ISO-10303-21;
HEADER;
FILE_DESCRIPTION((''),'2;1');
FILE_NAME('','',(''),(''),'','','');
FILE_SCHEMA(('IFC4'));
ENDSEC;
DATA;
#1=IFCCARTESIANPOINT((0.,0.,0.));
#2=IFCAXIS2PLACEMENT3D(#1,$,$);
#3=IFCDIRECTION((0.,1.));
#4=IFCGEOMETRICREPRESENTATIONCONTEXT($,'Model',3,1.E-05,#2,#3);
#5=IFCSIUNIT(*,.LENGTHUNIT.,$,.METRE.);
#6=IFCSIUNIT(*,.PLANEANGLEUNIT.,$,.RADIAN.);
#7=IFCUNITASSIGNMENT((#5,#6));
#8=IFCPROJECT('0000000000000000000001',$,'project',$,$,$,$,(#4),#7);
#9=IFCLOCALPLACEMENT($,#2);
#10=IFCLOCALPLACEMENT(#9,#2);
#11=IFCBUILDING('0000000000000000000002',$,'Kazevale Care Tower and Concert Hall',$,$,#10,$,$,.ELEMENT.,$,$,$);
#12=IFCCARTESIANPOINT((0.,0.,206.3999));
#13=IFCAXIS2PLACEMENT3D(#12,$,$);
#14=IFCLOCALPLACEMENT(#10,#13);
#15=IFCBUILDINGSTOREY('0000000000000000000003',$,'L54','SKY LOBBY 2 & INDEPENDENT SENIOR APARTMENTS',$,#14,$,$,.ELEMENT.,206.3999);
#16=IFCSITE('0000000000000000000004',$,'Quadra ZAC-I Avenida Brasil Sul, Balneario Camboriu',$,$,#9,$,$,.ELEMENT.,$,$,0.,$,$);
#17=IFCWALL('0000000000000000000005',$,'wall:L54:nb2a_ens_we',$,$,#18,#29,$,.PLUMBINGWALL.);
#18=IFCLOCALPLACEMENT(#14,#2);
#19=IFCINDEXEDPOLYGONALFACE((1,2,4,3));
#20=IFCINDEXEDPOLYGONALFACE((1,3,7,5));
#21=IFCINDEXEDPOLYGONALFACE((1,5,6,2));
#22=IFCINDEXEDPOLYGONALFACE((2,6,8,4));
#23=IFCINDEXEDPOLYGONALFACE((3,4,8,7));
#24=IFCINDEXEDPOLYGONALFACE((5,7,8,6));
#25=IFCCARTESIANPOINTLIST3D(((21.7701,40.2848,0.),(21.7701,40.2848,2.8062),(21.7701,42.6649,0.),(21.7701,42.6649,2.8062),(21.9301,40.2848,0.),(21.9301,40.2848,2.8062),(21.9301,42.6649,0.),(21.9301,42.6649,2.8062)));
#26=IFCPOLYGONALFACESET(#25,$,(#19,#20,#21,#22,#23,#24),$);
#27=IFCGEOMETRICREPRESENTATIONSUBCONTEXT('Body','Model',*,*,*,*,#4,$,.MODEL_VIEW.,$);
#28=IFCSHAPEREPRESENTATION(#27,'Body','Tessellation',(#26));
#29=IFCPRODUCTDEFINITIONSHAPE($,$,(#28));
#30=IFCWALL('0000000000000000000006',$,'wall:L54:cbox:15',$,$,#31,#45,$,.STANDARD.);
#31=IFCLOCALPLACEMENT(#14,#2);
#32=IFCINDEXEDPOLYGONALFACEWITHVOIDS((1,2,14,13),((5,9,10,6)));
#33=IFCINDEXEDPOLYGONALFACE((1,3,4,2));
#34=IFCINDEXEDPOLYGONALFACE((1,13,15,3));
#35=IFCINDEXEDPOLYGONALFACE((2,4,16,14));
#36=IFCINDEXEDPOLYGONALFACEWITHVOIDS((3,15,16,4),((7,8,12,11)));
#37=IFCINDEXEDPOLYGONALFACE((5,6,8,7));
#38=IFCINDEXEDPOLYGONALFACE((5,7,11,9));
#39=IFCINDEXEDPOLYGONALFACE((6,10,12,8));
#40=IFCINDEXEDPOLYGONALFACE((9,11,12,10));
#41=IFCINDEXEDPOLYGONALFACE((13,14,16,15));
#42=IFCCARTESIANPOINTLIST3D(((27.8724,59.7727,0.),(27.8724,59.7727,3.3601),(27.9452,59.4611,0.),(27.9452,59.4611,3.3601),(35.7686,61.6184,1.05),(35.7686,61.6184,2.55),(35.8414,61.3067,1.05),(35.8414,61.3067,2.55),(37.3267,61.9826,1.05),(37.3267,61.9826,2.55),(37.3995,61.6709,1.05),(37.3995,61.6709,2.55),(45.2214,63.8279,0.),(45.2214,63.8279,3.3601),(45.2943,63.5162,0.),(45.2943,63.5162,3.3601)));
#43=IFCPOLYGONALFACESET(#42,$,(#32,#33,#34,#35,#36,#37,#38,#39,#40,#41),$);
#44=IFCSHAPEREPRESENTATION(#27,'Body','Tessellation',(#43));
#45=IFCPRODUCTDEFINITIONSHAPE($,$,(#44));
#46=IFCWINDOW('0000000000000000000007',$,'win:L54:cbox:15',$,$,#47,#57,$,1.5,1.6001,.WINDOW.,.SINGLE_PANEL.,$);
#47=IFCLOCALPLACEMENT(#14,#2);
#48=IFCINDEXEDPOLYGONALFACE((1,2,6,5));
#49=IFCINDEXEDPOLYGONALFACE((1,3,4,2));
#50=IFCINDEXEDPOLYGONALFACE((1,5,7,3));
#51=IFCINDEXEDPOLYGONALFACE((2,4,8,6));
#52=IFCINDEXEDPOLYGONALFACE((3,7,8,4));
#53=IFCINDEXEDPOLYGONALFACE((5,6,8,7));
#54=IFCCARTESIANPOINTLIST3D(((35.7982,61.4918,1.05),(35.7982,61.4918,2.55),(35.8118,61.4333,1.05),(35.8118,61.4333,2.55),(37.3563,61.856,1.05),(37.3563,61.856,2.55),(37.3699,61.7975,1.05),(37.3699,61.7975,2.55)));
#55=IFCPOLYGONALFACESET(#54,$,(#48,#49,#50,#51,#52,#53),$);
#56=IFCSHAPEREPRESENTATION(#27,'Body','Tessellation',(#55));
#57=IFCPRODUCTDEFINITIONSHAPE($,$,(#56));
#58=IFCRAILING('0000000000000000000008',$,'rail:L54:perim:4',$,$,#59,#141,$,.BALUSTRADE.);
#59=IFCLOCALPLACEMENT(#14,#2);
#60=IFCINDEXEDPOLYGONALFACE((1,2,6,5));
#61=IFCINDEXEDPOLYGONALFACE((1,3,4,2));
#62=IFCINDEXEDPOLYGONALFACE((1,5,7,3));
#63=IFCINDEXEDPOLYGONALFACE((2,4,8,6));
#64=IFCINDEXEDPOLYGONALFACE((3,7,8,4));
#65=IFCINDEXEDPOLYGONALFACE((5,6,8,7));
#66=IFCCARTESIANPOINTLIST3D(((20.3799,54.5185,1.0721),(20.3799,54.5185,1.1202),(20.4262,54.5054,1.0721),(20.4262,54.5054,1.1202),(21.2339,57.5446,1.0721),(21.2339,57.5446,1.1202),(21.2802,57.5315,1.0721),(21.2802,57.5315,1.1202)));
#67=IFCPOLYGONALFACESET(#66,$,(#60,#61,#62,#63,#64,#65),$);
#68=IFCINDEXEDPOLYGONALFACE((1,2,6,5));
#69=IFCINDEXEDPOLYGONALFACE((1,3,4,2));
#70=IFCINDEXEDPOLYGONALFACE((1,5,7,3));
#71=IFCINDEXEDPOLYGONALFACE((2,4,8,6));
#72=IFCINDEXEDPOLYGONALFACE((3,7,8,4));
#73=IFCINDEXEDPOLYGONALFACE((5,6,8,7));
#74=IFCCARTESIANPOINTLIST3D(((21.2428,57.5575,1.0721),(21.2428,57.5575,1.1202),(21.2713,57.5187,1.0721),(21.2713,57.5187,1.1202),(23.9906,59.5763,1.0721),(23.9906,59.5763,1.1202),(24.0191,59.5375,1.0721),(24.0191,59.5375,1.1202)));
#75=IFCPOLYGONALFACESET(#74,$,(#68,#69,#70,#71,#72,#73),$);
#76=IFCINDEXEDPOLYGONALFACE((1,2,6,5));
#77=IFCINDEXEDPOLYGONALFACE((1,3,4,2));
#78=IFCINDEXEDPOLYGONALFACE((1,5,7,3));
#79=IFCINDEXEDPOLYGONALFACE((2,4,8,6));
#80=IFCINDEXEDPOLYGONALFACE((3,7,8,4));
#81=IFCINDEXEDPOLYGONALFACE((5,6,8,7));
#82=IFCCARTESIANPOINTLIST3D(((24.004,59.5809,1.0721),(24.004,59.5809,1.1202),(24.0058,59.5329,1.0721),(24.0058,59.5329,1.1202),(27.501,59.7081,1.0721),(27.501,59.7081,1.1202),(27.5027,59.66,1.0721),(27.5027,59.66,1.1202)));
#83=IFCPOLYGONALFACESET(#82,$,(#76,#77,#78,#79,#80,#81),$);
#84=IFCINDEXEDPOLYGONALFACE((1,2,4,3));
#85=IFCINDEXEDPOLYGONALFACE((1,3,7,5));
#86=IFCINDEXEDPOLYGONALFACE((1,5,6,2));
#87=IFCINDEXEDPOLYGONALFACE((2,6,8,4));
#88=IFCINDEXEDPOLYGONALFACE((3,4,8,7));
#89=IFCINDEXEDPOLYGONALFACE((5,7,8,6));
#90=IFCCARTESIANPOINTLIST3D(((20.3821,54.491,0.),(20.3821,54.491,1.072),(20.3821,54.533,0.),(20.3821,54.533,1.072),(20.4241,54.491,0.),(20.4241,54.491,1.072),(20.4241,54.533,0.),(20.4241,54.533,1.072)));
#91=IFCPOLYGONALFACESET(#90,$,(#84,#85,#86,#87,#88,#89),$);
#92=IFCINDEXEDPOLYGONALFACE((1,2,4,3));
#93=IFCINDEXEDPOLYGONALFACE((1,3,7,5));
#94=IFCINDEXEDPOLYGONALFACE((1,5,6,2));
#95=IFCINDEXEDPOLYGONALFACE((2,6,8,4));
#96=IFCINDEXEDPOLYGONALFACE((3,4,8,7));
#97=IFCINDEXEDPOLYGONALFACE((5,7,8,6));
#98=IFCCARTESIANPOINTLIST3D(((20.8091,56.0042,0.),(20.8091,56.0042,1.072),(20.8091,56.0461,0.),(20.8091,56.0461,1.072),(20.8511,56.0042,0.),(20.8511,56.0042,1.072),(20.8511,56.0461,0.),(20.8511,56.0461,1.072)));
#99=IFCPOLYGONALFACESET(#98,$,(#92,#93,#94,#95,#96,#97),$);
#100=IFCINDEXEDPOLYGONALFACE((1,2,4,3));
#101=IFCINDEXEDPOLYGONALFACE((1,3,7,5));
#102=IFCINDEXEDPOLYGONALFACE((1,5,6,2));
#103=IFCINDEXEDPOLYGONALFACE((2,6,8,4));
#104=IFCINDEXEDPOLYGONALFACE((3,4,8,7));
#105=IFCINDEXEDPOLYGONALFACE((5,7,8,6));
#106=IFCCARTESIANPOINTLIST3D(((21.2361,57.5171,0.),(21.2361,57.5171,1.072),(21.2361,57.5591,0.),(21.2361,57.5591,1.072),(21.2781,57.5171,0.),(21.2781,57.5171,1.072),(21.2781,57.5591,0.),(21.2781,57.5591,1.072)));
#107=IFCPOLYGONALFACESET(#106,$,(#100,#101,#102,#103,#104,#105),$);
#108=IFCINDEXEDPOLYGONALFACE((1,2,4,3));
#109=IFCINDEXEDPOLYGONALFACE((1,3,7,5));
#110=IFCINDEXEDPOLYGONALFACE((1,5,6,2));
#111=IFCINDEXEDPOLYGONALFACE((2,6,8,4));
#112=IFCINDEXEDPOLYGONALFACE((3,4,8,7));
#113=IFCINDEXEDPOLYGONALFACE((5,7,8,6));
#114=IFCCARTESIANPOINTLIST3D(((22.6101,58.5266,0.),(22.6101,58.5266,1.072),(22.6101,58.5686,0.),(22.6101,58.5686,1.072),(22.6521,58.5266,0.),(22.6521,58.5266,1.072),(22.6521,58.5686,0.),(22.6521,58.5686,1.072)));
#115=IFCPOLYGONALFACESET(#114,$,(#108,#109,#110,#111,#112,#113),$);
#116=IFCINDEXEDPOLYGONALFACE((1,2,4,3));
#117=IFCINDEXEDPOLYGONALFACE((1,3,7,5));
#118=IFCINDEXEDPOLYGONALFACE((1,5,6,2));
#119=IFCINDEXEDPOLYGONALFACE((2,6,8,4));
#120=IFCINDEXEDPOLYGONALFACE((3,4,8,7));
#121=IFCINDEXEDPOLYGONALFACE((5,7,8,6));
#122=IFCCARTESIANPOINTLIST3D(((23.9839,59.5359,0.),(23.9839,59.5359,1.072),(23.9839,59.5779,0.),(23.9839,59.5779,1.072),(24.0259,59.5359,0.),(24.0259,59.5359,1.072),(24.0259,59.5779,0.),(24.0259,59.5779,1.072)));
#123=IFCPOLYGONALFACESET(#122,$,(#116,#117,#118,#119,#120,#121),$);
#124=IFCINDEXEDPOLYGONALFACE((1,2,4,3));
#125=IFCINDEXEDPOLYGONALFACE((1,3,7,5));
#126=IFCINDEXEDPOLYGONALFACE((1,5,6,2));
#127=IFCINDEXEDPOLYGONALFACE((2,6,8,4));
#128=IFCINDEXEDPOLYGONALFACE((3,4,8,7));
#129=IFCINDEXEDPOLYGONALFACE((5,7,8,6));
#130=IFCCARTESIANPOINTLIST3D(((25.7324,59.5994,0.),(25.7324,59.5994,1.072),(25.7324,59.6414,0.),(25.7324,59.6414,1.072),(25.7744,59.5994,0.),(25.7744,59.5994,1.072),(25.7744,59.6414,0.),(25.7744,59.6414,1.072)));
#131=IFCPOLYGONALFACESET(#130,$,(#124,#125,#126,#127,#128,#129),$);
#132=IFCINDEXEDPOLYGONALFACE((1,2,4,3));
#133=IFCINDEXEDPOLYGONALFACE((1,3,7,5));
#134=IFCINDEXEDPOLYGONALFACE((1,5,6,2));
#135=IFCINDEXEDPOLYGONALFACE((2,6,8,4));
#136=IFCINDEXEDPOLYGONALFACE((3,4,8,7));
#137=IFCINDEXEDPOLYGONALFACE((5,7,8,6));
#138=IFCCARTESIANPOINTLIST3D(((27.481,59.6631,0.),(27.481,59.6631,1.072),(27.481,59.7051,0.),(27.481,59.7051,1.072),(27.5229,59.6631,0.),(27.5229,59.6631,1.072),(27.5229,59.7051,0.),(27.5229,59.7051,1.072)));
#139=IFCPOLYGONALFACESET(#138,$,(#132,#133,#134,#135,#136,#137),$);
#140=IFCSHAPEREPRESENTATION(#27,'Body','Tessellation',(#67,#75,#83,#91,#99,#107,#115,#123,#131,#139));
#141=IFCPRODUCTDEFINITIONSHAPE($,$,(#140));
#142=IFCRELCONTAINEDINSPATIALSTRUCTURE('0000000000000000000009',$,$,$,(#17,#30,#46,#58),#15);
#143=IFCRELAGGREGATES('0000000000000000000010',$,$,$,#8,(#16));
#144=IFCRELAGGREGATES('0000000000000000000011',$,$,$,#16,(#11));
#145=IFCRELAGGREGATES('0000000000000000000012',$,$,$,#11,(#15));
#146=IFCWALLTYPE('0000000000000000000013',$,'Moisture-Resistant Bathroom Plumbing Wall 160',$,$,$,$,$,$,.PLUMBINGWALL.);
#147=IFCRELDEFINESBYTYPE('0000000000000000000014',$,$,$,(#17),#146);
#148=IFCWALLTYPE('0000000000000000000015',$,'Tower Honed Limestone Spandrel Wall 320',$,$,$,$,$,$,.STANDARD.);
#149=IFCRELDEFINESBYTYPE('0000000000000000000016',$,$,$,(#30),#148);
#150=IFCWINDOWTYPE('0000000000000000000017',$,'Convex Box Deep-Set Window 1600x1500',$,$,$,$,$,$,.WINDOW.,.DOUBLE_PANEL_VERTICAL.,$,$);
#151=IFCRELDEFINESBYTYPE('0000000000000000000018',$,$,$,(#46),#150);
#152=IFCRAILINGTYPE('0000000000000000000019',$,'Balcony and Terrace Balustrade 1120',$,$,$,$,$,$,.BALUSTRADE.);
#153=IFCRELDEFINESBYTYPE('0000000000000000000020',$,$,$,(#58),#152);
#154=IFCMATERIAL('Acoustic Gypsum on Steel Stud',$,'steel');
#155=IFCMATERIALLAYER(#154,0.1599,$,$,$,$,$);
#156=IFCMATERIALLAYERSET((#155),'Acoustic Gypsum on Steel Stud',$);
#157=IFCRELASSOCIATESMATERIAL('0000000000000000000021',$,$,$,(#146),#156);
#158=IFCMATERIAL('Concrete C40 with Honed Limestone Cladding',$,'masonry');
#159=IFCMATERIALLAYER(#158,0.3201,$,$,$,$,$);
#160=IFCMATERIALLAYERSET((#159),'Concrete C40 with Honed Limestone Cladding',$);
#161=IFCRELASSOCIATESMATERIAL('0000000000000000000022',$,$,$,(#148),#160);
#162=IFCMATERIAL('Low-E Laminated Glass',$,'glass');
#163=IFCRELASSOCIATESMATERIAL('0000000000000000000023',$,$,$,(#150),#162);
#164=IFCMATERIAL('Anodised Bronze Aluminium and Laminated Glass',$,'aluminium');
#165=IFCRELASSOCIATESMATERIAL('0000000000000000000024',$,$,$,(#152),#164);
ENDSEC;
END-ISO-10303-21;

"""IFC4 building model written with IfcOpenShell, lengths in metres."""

from ifc_helpers import new_model, si_unit, direction, frame, frame_2d, origin, origin_2d, place, context, subcontext, project, spatial, rectangle, extrude, material, layer, layer_set, type_object, element, fill, save


model = new_model("IFC4")

# Units and contexts
model_context = context("Model", 3, precision=1e-05, world=origin(), true_north=direction((0.0, 1.0)))
body_context = subcontext(model_context, "Body", "Model", "MODEL_VIEW")
ifc_project = project(units=[si_unit("LENGTHUNIT", "METRE"), si_unit("PLANEANGLEUNIT", "RADIAN")], contexts=[model_context])

# Site, building, storey
site_placement = place(None, origin())
site = spatial("IfcSite", under=ifc_project, at=site_placement, Name="Quadra ZAC-I Avenida Brasil Sul, Balneario Camboriu", CompositionType="ELEMENT", RefElevation=0.0)
building_placement = place(site_placement, origin())
building = spatial("IfcBuilding", under=site, at=building_placement, Name="Kazevale Care Tower and Concert Hall", CompositionType="ELEMENT")
storey_placement = place(building_placement, frame((0.0, 0.0, 206.3999)))
storey = spatial("IfcBuildingStorey", under=building, at=storey_placement, Name="L54", Description="SKY LOBBY 2 & INDEPENDENT SENIOR APARTMENTS", CompositionType="ELEMENT", Elevation=206.3999)

# Shared definitions
ifc_material_1 = material(Name="Low-E Laminated Glass", Category="glass")

# Shared definitions
ifc_material_2 = material(Name="Acoustic Gypsum on Steel Stud", Category="steel")

# Wall
ifc_layer_1 = layer(ifc_material_2, 0.1599)
ifc_layer_set_1 = layer_set([ifc_layer_1], Name="Acoustic Gypsum on Steel Stud")
wall_type_1 = type_object("IfcWallType", Name="Moisture-Resistant Bathroom Plumbing Wall 160", PredefinedType="PLUMBINGWALL", material=ifc_layer_set_1)
wall_1_placement = place(storey_placement, frame((21.8501, 40.2849, 0.0), z_axis=(0.0, 0.0, 1.0), x_axis=(0.0, 1.0, 0.0)))
element("IfcWall", 1, at=wall_1_placement, inside=storey, type_object=wall_type_1, Name="wall:L54:nb2a_ens_we", PredefinedType="PLUMBINGWALL", context=body_context, shape_type="SweptSolid", body=[
    extrude(rectangle(XDim=2.3801, YDim=0.1599, at=frame_2d((1.1899, 0.0))), origin(), (0.0, 0.0, 1.0), 2.8062),
])

# Wall, opening, window
ifc_material_3 = material(Name="Concrete C40 with Honed Limestone Cladding", Category="masonry")
ifc_layer_2 = layer(ifc_material_3, 0.3201)
ifc_layer_set_2 = layer_set([ifc_layer_2], Name="Concrete C40 with Honed Limestone Cladding")
wall_type_2 = type_object("IfcWallType", Name="Tower Honed Limestone Spandrel Wall 320", PredefinedType="STANDARD", material=ifc_layer_set_2)
wall_2_placement = place(storey_placement, frame((27.9089, 59.6169, 0.0), z_axis=(0.0, 0.0, 1.0), x_axis=(0.973754, 0.227605, 0.0)))
wall_2 = element("IfcWall", 2, at=wall_2_placement, inside=storey, type_object=wall_type_2, Name="wall:L54:cbox:15", PredefinedType="STANDARD", context=body_context, shape_type="SweptSolid", body=[
    extrude(rectangle(XDim=17.8167, YDim=0.3201, at=frame_2d((8.9082, 0.0))), origin(), (0.0, 0.0, 1.0), 3.3601),
])
opening_1_placement = place(wall_2_placement, frame((8.1089, 0.0, 1.05)))
opening_1 = element("IfcOpeningElement", 3, at=opening_1_placement, cuts=wall_2, PredefinedType="OPENING", context=body_context, shape_type="SweptSolid", body=[
    extrude(rectangle(XDim=1.6001, YDim=1.5, at=frame_2d((0.8, 0.75))), frame((0.0, 0.1699, 0.0), z_axis=(0.0, -1.0, 0.0), x_axis=(1.0, 0.0, 0.0)), (0.0, 0.0, 1.0), 0.3401),
])
window_type = type_object("IfcWindowType", Name="Convex Box Deep-Set Window 1600x1500", PartitioningType="DOUBLE_PANEL_VERTICAL", PredefinedType="WINDOW", material=ifc_material_1)
window_placement = place(opening_1_placement, origin())
window = element("IfcWindow", 4, at=window_placement, inside=storey, type_object=window_type, Name="win:L54:cbox:15", OverallHeight=1.5, OverallWidth=1.6001, PartitioningType="SINGLE_PANEL", PredefinedType="WINDOW", context=body_context, shape_type="SweptSolid", body=[
    extrude(rectangle(XDim=1.6001, YDim=1.5, at=frame_2d((0.8, 0.75))), frame((0.0, 0.03, 0.0), z_axis=(0.0, -1.0, 0.0), x_axis=(1.0, 0.0, 0.0)), (0.0, 0.0, 1.0), 0.0601),
])
fill(opening_1, window)

# Railing
ifc_material_4 = material(Name="Anodised Bronze Aluminium and Laminated Glass", Category="aluminium")
railing_type = type_object("IfcRailingType", Name="Balcony and Terrace Balustrade 1120", PredefinedType="BALUSTRADE", material=ifc_material_4)
railing_1_placement = place(storey_placement, frame((20.4031, 54.512, 0.0)))
element("IfcRailing", 5, at=railing_1_placement, inside=storey, type_object=railing_type, Name="rail:L54:perim:4", PredefinedType="BALUSTRADE", context=body_context, shape_type="SweptSolid", body=[
    extrude(rectangle(XDim=0.0481, YDim=0.0481, at=origin_2d()), frame((0.0, 0.0, 1.0962), z_axis=(0.271602, 0.96241, 0.0), x_axis=(-0.96241, 0.271602, 0.0)), (0.0, 0.0, 1.0), 3.1443),
    extrude(rectangle(XDim=0.0481, YDim=0.0481, at=origin_2d()), frame((0.854, 3.0261, 1.0962), z_axis=(0.805881, 0.592077, 0.0), x_axis=(-0.592077, 0.805881, 0.0)), (0.0, 0.0, 1.0), 3.4097),
    extrude(rectangle(XDim=0.0481, YDim=0.0481, at=origin_2d()), frame((3.6018, 5.0449, 1.0962), z_axis=(0.999339, 0.036348, 0.0), x_axis=(-0.036348, 0.999339, 0.0)), (0.0, 0.0, 1.0), 3.4993),
    extrude(rectangle(XDim=0.042, YDim=0.042, at=origin_2d()), origin(), (0.0, 0.0, 1.0), 1.072),
    extrude(rectangle(XDim=0.042, YDim=0.042, at=origin_2d()), frame((0.427, 1.5132, 0.0)), (0.0, 0.0, 1.0), 1.072),
    extrude(rectangle(XDim=0.042, YDim=0.042, at=origin_2d()), frame((0.854, 3.0261, 0.0)), (0.0, 0.0, 1.0), 1.072),
    extrude(rectangle(XDim=0.042, YDim=0.042, at=origin_2d()), frame((2.228, 4.0356, 0.0)), (0.0, 0.0, 1.0), 1.072),
    extrude(rectangle(XDim=0.042, YDim=0.042, at=origin_2d()), frame((3.6018, 5.0449, 0.0)), (0.0, 0.0, 1.0), 1.072),
    extrude(rectangle(XDim=0.042, YDim=0.042, at=origin_2d()), frame((5.3503, 5.1084, 0.0)), (0.0, 0.0, 1.0), 1.072),
    extrude(rectangle(XDim=0.042, YDim=0.042, at=origin_2d()), frame((7.0989, 5.1721, 0.0)), (0.0, 0.0, 1.0), 1.072),
])

save(model, "model.ifc")
